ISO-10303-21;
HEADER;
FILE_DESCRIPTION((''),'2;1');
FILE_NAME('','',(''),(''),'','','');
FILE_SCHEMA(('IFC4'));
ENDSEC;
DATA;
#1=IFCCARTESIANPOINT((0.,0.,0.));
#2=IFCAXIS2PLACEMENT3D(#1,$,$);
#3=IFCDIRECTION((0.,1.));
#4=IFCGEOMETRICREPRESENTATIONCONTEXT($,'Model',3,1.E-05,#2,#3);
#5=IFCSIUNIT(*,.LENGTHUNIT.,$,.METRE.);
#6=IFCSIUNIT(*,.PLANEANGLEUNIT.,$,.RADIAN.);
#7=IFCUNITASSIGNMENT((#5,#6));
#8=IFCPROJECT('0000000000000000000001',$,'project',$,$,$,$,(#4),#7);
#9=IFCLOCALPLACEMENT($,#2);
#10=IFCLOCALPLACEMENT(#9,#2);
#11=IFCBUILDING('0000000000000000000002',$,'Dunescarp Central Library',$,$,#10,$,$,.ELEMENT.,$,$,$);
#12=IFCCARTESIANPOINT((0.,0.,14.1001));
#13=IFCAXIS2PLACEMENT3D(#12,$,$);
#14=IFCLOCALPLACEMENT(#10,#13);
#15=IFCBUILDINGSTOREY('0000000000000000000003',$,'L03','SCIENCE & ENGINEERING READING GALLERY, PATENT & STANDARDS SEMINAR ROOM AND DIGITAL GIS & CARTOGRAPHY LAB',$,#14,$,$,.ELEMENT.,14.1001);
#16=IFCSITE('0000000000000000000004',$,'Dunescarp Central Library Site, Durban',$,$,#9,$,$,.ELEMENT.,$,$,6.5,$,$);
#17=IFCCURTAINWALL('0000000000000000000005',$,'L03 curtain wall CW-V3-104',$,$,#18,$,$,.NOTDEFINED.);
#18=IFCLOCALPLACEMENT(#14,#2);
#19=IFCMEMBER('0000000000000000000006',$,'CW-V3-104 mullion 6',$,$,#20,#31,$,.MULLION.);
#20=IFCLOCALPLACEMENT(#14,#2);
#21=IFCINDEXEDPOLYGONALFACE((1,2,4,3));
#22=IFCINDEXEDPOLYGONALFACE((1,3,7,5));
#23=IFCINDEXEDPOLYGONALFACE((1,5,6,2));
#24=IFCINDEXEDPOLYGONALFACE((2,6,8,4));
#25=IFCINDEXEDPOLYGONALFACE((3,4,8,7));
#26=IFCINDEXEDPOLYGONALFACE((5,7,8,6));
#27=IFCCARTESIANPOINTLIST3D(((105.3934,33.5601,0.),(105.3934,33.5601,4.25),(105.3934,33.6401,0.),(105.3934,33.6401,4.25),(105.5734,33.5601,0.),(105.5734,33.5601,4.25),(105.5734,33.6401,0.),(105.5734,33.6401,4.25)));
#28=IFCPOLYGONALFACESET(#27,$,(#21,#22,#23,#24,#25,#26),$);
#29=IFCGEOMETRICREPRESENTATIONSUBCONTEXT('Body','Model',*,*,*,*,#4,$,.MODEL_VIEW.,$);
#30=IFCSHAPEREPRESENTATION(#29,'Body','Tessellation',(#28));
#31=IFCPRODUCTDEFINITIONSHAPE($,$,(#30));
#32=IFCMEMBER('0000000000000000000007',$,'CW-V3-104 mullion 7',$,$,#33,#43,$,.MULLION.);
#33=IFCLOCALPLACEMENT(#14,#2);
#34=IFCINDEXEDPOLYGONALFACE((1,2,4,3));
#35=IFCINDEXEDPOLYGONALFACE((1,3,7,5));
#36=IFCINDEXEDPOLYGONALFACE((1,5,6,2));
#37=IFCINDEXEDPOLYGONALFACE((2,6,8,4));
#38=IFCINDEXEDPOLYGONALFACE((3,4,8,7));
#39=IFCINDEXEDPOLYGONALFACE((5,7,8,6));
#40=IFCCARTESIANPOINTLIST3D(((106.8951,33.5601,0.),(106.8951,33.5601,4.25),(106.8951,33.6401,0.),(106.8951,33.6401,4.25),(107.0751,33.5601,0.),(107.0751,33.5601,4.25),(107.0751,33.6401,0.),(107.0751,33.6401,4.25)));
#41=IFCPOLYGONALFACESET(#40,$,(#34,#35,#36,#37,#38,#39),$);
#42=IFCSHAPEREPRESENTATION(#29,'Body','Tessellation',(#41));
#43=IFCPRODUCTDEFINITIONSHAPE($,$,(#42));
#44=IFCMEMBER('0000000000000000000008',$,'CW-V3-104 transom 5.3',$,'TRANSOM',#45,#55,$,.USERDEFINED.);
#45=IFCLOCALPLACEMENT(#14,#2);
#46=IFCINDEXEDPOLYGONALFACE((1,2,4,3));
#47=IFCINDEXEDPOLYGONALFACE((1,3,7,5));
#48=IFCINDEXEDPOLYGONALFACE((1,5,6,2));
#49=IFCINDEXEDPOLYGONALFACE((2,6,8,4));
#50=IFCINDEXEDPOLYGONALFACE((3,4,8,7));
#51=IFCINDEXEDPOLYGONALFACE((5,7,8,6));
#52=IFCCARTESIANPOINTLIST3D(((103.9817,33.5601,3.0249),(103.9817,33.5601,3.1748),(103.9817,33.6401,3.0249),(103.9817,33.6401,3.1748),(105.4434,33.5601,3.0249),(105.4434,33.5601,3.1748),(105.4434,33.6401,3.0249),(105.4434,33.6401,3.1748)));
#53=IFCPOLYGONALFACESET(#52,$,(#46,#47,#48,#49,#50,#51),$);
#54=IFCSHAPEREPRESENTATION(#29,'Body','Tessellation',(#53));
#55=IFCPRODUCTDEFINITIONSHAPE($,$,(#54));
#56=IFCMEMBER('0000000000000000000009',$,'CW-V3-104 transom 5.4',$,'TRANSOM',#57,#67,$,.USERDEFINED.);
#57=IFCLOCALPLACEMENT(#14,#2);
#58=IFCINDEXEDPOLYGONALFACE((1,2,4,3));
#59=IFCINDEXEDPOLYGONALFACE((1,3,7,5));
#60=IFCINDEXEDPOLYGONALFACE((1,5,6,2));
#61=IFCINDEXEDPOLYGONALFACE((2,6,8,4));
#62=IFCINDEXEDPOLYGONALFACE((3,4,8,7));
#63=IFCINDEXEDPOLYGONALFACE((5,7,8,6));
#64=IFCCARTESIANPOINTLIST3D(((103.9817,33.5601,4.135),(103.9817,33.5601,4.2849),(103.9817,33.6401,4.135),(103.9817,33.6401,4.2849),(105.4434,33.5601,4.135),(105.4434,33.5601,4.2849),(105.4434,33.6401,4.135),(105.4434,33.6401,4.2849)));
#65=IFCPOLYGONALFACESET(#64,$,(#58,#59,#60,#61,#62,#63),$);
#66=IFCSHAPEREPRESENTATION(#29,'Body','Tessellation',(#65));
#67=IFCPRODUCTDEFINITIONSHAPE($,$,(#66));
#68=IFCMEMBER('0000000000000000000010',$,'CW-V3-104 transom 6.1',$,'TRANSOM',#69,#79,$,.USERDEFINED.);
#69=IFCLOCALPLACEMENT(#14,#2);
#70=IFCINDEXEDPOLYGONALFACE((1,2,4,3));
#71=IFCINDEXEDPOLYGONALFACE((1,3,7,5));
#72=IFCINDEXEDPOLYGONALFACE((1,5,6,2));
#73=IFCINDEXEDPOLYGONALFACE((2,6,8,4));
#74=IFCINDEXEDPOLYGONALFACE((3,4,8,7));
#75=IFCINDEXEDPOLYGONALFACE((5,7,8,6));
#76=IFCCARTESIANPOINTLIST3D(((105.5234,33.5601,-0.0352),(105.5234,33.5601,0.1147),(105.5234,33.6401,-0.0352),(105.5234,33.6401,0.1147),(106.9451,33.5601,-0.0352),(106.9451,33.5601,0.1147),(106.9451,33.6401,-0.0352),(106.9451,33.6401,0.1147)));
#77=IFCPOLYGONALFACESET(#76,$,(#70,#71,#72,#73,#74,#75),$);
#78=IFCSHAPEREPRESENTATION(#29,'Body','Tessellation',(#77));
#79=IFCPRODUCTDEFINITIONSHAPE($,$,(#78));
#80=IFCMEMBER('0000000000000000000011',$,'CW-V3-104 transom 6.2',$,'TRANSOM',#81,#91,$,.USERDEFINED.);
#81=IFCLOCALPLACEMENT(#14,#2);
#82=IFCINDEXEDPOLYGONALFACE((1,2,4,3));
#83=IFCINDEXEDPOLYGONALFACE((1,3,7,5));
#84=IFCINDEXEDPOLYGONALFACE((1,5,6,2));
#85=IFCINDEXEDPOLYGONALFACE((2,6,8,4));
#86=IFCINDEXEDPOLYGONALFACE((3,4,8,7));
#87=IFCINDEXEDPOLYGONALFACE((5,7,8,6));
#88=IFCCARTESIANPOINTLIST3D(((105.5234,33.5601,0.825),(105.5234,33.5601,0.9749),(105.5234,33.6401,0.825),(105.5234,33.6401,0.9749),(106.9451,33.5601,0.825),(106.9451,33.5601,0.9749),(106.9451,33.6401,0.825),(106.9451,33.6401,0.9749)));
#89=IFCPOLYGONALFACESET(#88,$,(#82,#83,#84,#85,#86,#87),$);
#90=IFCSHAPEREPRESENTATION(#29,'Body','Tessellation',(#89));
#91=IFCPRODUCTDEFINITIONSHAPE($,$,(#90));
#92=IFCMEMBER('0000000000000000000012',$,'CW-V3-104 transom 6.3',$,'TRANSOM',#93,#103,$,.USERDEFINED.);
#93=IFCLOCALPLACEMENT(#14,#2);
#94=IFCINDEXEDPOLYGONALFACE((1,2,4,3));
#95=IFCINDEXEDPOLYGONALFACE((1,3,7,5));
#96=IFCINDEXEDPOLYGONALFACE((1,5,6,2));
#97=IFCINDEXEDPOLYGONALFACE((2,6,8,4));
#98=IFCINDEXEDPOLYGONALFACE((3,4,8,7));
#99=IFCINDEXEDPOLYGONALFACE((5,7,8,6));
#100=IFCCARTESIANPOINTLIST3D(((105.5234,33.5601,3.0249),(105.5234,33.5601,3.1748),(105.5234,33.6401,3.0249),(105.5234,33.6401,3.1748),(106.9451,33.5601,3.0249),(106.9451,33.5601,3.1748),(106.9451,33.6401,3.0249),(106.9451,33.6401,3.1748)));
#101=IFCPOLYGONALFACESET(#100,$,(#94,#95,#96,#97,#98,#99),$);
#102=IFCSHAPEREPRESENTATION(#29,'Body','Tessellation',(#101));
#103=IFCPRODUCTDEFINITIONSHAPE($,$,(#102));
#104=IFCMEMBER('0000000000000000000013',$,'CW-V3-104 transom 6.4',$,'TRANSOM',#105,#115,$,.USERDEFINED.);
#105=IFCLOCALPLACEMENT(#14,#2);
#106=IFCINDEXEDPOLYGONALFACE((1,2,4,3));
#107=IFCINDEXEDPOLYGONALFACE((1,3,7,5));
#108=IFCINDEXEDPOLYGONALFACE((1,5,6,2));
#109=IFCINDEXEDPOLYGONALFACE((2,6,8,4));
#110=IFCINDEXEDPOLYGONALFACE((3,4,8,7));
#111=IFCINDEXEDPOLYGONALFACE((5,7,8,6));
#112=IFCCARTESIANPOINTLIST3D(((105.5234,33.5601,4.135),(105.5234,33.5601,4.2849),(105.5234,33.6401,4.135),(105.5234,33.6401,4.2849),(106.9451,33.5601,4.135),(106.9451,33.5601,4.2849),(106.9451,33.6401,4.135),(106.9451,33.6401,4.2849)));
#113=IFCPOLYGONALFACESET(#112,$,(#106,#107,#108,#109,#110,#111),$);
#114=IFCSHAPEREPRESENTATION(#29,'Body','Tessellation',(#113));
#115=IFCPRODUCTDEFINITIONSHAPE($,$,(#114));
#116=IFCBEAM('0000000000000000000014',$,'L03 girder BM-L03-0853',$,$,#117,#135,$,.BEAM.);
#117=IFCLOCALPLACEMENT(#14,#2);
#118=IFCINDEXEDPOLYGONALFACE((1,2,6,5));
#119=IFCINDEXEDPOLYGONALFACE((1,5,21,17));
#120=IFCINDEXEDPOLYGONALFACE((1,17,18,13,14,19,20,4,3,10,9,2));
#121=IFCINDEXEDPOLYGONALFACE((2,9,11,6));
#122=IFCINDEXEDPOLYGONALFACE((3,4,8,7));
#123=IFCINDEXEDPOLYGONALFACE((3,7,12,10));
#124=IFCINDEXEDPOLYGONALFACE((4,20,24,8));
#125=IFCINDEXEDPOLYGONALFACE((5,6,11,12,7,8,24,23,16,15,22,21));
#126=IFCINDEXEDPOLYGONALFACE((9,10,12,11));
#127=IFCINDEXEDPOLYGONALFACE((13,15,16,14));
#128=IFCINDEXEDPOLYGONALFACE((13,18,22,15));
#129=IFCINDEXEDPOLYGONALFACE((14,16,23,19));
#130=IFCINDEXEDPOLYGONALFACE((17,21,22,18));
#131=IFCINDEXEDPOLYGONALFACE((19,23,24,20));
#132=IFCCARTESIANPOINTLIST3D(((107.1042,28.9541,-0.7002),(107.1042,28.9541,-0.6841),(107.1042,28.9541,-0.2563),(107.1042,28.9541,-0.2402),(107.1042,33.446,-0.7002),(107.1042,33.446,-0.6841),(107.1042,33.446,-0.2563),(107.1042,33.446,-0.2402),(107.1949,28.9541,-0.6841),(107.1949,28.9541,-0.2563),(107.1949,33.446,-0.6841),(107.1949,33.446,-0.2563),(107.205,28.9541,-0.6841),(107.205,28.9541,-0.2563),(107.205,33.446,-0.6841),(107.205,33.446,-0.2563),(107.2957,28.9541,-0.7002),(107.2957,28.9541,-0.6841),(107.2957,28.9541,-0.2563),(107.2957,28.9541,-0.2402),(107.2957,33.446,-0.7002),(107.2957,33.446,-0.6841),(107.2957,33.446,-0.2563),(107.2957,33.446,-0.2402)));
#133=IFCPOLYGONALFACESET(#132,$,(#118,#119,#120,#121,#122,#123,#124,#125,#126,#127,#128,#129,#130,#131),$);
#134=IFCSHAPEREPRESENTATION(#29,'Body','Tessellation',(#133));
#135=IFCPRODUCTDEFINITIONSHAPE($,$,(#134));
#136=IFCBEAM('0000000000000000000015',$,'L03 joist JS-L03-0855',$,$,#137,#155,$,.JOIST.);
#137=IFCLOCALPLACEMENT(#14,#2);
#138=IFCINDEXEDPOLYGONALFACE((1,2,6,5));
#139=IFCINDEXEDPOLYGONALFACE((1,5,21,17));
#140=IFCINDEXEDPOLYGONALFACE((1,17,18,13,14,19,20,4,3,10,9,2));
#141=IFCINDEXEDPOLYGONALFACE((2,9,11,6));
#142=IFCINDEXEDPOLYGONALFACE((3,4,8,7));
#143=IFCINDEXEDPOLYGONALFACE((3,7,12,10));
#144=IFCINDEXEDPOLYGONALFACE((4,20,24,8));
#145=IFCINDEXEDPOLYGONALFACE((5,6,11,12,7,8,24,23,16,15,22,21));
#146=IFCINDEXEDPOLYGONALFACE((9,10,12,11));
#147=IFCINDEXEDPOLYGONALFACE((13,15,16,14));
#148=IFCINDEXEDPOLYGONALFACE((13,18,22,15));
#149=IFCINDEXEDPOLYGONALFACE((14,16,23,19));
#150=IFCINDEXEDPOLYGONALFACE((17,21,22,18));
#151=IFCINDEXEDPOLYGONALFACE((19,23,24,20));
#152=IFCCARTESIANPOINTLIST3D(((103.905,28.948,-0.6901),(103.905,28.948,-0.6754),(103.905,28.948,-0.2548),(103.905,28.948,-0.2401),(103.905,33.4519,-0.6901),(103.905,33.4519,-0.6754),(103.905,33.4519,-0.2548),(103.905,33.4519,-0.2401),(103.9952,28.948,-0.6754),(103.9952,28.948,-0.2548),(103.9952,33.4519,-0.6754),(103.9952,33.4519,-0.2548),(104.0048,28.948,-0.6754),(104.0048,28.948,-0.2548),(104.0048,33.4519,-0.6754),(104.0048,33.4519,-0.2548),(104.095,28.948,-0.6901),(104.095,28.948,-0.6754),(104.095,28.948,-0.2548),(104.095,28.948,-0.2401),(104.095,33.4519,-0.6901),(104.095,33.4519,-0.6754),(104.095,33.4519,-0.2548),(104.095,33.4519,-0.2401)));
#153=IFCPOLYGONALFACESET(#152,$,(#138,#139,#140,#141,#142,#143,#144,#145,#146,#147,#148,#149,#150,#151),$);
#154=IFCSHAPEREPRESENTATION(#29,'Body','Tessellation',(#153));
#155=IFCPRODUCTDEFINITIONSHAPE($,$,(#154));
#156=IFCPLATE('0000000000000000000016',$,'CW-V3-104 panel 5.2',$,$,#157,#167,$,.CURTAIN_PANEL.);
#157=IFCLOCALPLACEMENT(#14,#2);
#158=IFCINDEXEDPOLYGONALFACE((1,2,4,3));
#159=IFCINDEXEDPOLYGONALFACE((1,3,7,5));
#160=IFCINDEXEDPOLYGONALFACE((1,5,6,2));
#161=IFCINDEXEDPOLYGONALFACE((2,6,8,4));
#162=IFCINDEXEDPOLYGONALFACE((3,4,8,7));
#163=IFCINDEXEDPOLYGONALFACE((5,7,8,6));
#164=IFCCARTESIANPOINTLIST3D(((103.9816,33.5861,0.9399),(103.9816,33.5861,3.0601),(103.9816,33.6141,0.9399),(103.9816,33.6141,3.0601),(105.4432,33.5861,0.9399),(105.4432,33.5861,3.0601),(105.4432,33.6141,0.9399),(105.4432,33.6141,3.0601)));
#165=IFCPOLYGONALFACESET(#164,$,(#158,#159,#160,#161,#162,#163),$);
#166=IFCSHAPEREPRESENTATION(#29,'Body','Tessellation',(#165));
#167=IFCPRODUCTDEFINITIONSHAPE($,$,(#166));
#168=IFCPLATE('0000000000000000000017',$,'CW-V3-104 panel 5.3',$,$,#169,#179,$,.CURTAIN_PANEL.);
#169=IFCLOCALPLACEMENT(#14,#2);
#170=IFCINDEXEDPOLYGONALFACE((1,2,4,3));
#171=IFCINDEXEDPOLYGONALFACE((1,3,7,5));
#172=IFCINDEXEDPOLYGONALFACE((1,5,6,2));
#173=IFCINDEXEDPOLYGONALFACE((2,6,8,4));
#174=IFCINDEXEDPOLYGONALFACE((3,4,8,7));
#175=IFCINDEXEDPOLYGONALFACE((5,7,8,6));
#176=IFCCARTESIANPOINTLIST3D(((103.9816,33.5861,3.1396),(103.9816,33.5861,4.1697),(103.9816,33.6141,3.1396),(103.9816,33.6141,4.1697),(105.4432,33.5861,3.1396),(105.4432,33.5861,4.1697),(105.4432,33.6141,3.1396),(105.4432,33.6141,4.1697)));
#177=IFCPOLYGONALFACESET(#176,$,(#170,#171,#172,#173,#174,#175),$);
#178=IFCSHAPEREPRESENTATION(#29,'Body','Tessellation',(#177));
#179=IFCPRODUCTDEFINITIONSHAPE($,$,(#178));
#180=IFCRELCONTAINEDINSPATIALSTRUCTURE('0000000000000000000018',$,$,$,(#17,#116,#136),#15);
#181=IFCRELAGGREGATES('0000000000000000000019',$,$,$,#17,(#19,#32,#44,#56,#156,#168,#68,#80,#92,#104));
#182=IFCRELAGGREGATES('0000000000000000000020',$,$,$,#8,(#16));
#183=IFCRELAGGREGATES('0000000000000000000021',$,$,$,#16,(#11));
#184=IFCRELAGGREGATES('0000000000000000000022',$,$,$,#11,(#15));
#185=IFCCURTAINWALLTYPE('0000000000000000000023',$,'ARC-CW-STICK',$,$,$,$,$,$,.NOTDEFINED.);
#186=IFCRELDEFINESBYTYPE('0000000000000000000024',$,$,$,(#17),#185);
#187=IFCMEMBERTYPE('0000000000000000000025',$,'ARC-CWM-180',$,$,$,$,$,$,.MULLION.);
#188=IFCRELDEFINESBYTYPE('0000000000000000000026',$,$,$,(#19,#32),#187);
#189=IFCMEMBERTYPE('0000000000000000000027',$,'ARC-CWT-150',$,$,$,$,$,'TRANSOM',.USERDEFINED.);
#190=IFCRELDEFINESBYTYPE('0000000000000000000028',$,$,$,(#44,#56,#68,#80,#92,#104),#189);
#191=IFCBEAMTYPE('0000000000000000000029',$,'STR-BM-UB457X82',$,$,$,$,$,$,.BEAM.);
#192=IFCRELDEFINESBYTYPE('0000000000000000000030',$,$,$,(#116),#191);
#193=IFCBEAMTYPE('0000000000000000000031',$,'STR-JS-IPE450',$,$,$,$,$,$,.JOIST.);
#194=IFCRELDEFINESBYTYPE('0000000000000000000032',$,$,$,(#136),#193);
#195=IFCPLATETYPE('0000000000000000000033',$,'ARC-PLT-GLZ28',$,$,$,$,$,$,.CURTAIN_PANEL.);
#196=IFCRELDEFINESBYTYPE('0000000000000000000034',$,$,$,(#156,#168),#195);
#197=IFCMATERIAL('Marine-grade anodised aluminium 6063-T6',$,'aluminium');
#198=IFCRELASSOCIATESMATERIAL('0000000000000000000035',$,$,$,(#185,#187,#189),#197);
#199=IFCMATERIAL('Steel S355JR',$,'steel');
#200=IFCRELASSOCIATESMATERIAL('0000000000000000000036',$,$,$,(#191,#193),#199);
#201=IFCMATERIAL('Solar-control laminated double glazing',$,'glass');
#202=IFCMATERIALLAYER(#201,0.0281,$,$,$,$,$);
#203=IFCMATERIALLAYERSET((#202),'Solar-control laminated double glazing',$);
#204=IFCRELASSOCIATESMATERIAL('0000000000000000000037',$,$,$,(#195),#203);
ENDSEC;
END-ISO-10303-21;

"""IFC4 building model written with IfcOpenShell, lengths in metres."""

from ifc_helpers import new_model, si_unit, direction, frame, origin, origin_2d, place, context, subcontext, project, spatial, rectangle, i_section, extrude, material, layer, layer_set, material_profile, profile_set, type_object, element, aggregate, save


model = new_model("IFC4")

# Units and contexts
model_context = context("Model", 3, precision=1e-05, world=origin(), true_north=direction((0.0, 1.0)))
body_context = subcontext(model_context, "Body", "Model", "MODEL_VIEW")
ifc_project = project(units=[si_unit("LENGTHUNIT", "METRE"), si_unit("PLANEANGLEUNIT", "RADIAN")], contexts=[model_context])

# Site, building, storey
site_placement = place(None, origin())
site = spatial("IfcSite", under=ifc_project, at=site_placement, Name="Dunescarp Central Library Site, Durban", CompositionType="ELEMENT", RefElevation=6.5)
building_placement = place(site_placement, origin())
building = spatial("IfcBuilding", under=site, at=building_placement, Name="Dunescarp Central Library", CompositionType="ELEMENT")
storey_placement = place(building_placement, frame((0.0, 0.0, 14.1001)))
storey = spatial("IfcBuildingStorey", under=building, at=storey_placement, Name="L03", Description="SCIENCE & ENGINEERING READING GALLERY, PATENT & STANDARDS SEMINAR ROOM AND DIGITAL GIS & CARTOGRAPHY LAB", CompositionType="ELEMENT", Elevation=14.1001)

# Curtain wall, members
ifc_material_1 = material(Name="Marine-grade anodised aluminium 6063-T6", Category="aluminium")
curtain_wall_type = type_object("IfcCurtainWallType", Name="ARC-CW-STICK", PredefinedType="NOTDEFINED", material=ifc_material_1)
curtain_wall_placement = place(storey_placement, origin())
curtain_wall = element("IfcCurtainWall", 1, at=curtain_wall_placement, inside=storey, type_object=curtain_wall_type, Name="L03 curtain wall CW-V3-104", PredefinedType="NOTDEFINED")
ifc_material_profile_1 = material_profile(ifc_material_1, rectangle(XDim=0.0801, YDim=0.1799, at=origin_2d()), Name="AL 80x180")
ifc_profile_set_1 = profile_set([ifc_material_profile_1], Name="Marine-grade anodised aluminium 6063-T6")
member_type_1 = type_object("IfcMemberType", Name="ARC-CWM-180", PredefinedType="MULLION", material=ifc_profile_set_1)
member_1_placement = place(storey_placement, frame((105.4834, 33.6001, 0.0), z_axis=(0.0, 0.0, 1.0), x_axis=(0.0, 1.0, 0.0)))
member_1 = element("IfcMember", 2, at=member_1_placement, type_object=member_type_1, Name="CW-V3-104 mullion 6", PredefinedType="MULLION", context=body_context, shape_type="SweptSolid", body=[
    extrude(rectangle(XDim=0.0801, YDim=0.1799, at=origin_2d()), origin(), (0.0, 0.0, 1.0), 4.25),
])
member_2_placement = place(storey_placement, frame((106.9851, 33.6001, 0.0), z_axis=(0.0, 0.0, 1.0), x_axis=(0.0, 1.0, 0.0)))
member_2 = element("IfcMember", 3, at=member_2_placement, type_object=member_type_1, Name="CW-V3-104 mullion 7", PredefinedType="MULLION", context=body_context, shape_type="SweptSolid", body=[
    extrude(rectangle(XDim=0.0801, YDim=0.1799, at=origin_2d()), origin(), (0.0, 0.0, 1.0), 4.25),
])
ifc_material_profile_2 = material_profile(ifc_material_1, rectangle(XDim=0.0801, YDim=0.1499, at=origin_2d()), Name="AL 80x150")
ifc_profile_set_2 = profile_set([ifc_material_profile_2], Name="Marine-grade anodised aluminium 6063-T6")
member_type_2 = type_object("IfcMemberType", Name="ARC-CWT-150", ElementType="TRANSOM", PredefinedType="USERDEFINED", material=ifc_profile_set_2)
member_3_placement = place(storey_placement, frame((103.9817, 33.6001, 3.0999), z_axis=(1.0, 0.0, 0.0), x_axis=(0.0, 1.0, 0.0)))
member_3 = element("IfcMember", 4, at=member_3_placement, type_object=member_type_2, Name="CW-V3-104 transom 5.3", ObjectType="TRANSOM", PredefinedType="USERDEFINED", context=body_context, shape_type="SweptSolid", body=[
    extrude(rectangle(XDim=0.0801, YDim=0.1499, at=origin_2d()), origin(), (0.0, 0.0, 1.0), 1.4617),
])
member_4_placement = place(storey_placement, frame((103.9817, 33.6001, 4.21), z_axis=(1.0, 0.0, 0.0), x_axis=(0.0, 1.0, 0.0)))
member_4 = element("IfcMember", 5, at=member_4_placement, type_object=member_type_2, Name="CW-V3-104 transom 5.4", ObjectType="TRANSOM", PredefinedType="USERDEFINED", context=body_context, shape_type="SweptSolid", body=[
    extrude(rectangle(XDim=0.0801, YDim=0.1499, at=origin_2d()), origin(), (0.0, 0.0, 1.0), 1.4617),
])
member_5_placement = place(storey_placement, frame((105.5234, 33.6001, 0.0398), z_axis=(1.0, 0.0, 0.0), x_axis=(0.0, 1.0, 0.0)))
member_5 = element("IfcMember", 6, at=member_5_placement, type_object=member_type_2, Name="CW-V3-104 transom 6.1", ObjectType="TRANSOM", PredefinedType="USERDEFINED", context=body_context, shape_type="SweptSolid", body=[
    extrude(rectangle(XDim=0.0801, YDim=0.1499, at=origin_2d()), origin(), (0.0, 0.0, 1.0), 1.4216),
])
member_6_placement = place(storey_placement, frame((105.5234, 33.6001, 0.8999), z_axis=(1.0, 0.0, 0.0), x_axis=(0.0, 1.0, 0.0)))
member_6 = element("IfcMember", 7, at=member_6_placement, type_object=member_type_2, Name="CW-V3-104 transom 6.2", ObjectType="TRANSOM", PredefinedType="USERDEFINED", context=body_context, shape_type="SweptSolid", body=[
    extrude(rectangle(XDim=0.0801, YDim=0.1499, at=origin_2d()), origin(), (0.0, 0.0, 1.0), 1.4216),
])
member_7_placement = place(storey_placement, frame((105.5234, 33.6001, 3.0999), z_axis=(1.0, 0.0, 0.0), x_axis=(0.0, 1.0, 0.0)))
member_7 = element("IfcMember", 8, at=member_7_placement, type_object=member_type_2, Name="CW-V3-104 transom 6.3", ObjectType="TRANSOM", PredefinedType="USERDEFINED", context=body_context, shape_type="SweptSolid", body=[
    extrude(rectangle(XDim=0.0801, YDim=0.1499, at=origin_2d()), origin(), (0.0, 0.0, 1.0), 1.4216),
])
member_8_placement = place(storey_placement, frame((105.5234, 33.6001, 4.21), z_axis=(1.0, 0.0, 0.0), x_axis=(0.0, 1.0, 0.0)))
member_8 = element("IfcMember", 9, at=member_8_placement, type_object=member_type_2, Name="CW-V3-104 transom 6.4", ObjectType="TRANSOM", PredefinedType="USERDEFINED", context=body_context, shape_type="SweptSolid", body=[
    extrude(rectangle(XDim=0.0801, YDim=0.1499, at=origin_2d()), origin(), (0.0, 0.0, 1.0), 1.4216),
])

# Beams
ifc_material_2 = material(Name="Steel S355JR", Category="steel")
ifc_material_profile_3 = material_profile(ifc_material_2, i_section(OverallWidth=0.1914, OverallDepth=0.46, WebThickness=0.01, FlangeThickness=0.0161, at=origin_2d()), Name="UB 457x191x82")
ifc_profile_set_3 = profile_set([ifc_material_profile_3], Name="Steel S355JR")
beam_type_1 = type_object("IfcBeamType", Name="STR-BM-UB457X82", PredefinedType="BEAM", material=ifc_profile_set_3)
beam_1_placement = place(storey_placement, frame((107.2, 28.9541, -0.4702), z_axis=(0.0, 1.0, 0.0), x_axis=(-1.0, 0.0, 0.0)))
element("IfcBeam", 10, at=beam_1_placement, inside=storey, type_object=beam_type_1, Name="L03 girder BM-L03-0853", PredefinedType="BEAM", context=body_context, shape_type="SweptSolid", body=[
    extrude(i_section(OverallWidth=0.1914, OverallDepth=0.46, WebThickness=0.01, FlangeThickness=0.0161, at=origin_2d()), origin(), (0.0, 0.0, 1.0), 4.4919),
])
ifc_material_profile_4 = material_profile(ifc_material_2, i_section(OverallWidth=0.1899, OverallDepth=0.45, WebThickness=0.0095, FlangeThickness=0.0146, at=origin_2d()), Name="IPE 450")
ifc_profile_set_4 = profile_set([ifc_material_profile_4], Name="Steel S355JR")
beam_type_2 = type_object("IfcBeamType", Name="STR-JS-IPE450", PredefinedType="JOIST", material=ifc_profile_set_4)
beam_2_placement = place(storey_placement, frame((104.0, 28.948, -0.4651), z_axis=(0.0, 1.0, 0.0), x_axis=(-1.0, 0.0, 0.0)))
element("IfcBeam", 11, at=beam_2_placement, inside=storey, type_object=beam_type_2, Name="L03 joist JS-L03-0855", PredefinedType="JOIST", context=body_context, shape_type="SweptSolid", body=[
    extrude(i_section(OverallWidth=0.1899, OverallDepth=0.45, WebThickness=0.0095, FlangeThickness=0.0146, at=origin_2d()), origin(), (0.0, 0.0, 1.0), 4.5039),
])

# Plates
ifc_material_3 = material(Name="Solar-control laminated double glazing", Category="glass")
ifc_layer_1 = layer(ifc_material_3, 0.0281)
ifc_layer_set_1 = layer_set([ifc_layer_1], Name="Solar-control laminated double glazing")
plate_type_1 = type_object("IfcPlateType", Name="ARC-PLT-GLZ28", PredefinedType="CURTAIN_PANEL", material=ifc_layer_set_1)
plate_1_placement = place(storey_placement, frame((104.7124, 33.6001, 0.9399), z_axis=(0.0, 0.0, 1.0), x_axis=(1.0, 0.0, 0.0)))
plate_1 = element("IfcPlate", 12, at=plate_1_placement, type_object=plate_type_1, Name="CW-V3-104 panel 5.2", PredefinedType="CURTAIN_PANEL", context=body_context, shape_type="SweptSolid", body=[
    extrude(rectangle(XDim=1.4617, YDim=0.0281, at=origin_2d()), origin(), (0.0, 0.0, 1.0), 2.1201),
])
plate_2_placement = place(storey_placement, frame((104.7124, 33.6001, 3.1396), z_axis=(0.0, 0.0, 1.0), x_axis=(1.0, 0.0, 0.0)))
plate_2 = element("IfcPlate", 13, at=plate_2_placement, type_object=plate_type_1, Name="CW-V3-104 panel 5.3", PredefinedType="CURTAIN_PANEL", context=body_context, shape_type="SweptSolid", body=[
    extrude(rectangle(XDim=1.4617, YDim=0.0281, at=origin_2d()), origin(), (0.0, 0.0, 1.0), 1.03),
])
aggregate(curtain_wall, [member_1, member_2, member_3, member_4, plate_1, plate_2, member_5, member_6, member_7, member_8])

save(model, "model.ifc")
